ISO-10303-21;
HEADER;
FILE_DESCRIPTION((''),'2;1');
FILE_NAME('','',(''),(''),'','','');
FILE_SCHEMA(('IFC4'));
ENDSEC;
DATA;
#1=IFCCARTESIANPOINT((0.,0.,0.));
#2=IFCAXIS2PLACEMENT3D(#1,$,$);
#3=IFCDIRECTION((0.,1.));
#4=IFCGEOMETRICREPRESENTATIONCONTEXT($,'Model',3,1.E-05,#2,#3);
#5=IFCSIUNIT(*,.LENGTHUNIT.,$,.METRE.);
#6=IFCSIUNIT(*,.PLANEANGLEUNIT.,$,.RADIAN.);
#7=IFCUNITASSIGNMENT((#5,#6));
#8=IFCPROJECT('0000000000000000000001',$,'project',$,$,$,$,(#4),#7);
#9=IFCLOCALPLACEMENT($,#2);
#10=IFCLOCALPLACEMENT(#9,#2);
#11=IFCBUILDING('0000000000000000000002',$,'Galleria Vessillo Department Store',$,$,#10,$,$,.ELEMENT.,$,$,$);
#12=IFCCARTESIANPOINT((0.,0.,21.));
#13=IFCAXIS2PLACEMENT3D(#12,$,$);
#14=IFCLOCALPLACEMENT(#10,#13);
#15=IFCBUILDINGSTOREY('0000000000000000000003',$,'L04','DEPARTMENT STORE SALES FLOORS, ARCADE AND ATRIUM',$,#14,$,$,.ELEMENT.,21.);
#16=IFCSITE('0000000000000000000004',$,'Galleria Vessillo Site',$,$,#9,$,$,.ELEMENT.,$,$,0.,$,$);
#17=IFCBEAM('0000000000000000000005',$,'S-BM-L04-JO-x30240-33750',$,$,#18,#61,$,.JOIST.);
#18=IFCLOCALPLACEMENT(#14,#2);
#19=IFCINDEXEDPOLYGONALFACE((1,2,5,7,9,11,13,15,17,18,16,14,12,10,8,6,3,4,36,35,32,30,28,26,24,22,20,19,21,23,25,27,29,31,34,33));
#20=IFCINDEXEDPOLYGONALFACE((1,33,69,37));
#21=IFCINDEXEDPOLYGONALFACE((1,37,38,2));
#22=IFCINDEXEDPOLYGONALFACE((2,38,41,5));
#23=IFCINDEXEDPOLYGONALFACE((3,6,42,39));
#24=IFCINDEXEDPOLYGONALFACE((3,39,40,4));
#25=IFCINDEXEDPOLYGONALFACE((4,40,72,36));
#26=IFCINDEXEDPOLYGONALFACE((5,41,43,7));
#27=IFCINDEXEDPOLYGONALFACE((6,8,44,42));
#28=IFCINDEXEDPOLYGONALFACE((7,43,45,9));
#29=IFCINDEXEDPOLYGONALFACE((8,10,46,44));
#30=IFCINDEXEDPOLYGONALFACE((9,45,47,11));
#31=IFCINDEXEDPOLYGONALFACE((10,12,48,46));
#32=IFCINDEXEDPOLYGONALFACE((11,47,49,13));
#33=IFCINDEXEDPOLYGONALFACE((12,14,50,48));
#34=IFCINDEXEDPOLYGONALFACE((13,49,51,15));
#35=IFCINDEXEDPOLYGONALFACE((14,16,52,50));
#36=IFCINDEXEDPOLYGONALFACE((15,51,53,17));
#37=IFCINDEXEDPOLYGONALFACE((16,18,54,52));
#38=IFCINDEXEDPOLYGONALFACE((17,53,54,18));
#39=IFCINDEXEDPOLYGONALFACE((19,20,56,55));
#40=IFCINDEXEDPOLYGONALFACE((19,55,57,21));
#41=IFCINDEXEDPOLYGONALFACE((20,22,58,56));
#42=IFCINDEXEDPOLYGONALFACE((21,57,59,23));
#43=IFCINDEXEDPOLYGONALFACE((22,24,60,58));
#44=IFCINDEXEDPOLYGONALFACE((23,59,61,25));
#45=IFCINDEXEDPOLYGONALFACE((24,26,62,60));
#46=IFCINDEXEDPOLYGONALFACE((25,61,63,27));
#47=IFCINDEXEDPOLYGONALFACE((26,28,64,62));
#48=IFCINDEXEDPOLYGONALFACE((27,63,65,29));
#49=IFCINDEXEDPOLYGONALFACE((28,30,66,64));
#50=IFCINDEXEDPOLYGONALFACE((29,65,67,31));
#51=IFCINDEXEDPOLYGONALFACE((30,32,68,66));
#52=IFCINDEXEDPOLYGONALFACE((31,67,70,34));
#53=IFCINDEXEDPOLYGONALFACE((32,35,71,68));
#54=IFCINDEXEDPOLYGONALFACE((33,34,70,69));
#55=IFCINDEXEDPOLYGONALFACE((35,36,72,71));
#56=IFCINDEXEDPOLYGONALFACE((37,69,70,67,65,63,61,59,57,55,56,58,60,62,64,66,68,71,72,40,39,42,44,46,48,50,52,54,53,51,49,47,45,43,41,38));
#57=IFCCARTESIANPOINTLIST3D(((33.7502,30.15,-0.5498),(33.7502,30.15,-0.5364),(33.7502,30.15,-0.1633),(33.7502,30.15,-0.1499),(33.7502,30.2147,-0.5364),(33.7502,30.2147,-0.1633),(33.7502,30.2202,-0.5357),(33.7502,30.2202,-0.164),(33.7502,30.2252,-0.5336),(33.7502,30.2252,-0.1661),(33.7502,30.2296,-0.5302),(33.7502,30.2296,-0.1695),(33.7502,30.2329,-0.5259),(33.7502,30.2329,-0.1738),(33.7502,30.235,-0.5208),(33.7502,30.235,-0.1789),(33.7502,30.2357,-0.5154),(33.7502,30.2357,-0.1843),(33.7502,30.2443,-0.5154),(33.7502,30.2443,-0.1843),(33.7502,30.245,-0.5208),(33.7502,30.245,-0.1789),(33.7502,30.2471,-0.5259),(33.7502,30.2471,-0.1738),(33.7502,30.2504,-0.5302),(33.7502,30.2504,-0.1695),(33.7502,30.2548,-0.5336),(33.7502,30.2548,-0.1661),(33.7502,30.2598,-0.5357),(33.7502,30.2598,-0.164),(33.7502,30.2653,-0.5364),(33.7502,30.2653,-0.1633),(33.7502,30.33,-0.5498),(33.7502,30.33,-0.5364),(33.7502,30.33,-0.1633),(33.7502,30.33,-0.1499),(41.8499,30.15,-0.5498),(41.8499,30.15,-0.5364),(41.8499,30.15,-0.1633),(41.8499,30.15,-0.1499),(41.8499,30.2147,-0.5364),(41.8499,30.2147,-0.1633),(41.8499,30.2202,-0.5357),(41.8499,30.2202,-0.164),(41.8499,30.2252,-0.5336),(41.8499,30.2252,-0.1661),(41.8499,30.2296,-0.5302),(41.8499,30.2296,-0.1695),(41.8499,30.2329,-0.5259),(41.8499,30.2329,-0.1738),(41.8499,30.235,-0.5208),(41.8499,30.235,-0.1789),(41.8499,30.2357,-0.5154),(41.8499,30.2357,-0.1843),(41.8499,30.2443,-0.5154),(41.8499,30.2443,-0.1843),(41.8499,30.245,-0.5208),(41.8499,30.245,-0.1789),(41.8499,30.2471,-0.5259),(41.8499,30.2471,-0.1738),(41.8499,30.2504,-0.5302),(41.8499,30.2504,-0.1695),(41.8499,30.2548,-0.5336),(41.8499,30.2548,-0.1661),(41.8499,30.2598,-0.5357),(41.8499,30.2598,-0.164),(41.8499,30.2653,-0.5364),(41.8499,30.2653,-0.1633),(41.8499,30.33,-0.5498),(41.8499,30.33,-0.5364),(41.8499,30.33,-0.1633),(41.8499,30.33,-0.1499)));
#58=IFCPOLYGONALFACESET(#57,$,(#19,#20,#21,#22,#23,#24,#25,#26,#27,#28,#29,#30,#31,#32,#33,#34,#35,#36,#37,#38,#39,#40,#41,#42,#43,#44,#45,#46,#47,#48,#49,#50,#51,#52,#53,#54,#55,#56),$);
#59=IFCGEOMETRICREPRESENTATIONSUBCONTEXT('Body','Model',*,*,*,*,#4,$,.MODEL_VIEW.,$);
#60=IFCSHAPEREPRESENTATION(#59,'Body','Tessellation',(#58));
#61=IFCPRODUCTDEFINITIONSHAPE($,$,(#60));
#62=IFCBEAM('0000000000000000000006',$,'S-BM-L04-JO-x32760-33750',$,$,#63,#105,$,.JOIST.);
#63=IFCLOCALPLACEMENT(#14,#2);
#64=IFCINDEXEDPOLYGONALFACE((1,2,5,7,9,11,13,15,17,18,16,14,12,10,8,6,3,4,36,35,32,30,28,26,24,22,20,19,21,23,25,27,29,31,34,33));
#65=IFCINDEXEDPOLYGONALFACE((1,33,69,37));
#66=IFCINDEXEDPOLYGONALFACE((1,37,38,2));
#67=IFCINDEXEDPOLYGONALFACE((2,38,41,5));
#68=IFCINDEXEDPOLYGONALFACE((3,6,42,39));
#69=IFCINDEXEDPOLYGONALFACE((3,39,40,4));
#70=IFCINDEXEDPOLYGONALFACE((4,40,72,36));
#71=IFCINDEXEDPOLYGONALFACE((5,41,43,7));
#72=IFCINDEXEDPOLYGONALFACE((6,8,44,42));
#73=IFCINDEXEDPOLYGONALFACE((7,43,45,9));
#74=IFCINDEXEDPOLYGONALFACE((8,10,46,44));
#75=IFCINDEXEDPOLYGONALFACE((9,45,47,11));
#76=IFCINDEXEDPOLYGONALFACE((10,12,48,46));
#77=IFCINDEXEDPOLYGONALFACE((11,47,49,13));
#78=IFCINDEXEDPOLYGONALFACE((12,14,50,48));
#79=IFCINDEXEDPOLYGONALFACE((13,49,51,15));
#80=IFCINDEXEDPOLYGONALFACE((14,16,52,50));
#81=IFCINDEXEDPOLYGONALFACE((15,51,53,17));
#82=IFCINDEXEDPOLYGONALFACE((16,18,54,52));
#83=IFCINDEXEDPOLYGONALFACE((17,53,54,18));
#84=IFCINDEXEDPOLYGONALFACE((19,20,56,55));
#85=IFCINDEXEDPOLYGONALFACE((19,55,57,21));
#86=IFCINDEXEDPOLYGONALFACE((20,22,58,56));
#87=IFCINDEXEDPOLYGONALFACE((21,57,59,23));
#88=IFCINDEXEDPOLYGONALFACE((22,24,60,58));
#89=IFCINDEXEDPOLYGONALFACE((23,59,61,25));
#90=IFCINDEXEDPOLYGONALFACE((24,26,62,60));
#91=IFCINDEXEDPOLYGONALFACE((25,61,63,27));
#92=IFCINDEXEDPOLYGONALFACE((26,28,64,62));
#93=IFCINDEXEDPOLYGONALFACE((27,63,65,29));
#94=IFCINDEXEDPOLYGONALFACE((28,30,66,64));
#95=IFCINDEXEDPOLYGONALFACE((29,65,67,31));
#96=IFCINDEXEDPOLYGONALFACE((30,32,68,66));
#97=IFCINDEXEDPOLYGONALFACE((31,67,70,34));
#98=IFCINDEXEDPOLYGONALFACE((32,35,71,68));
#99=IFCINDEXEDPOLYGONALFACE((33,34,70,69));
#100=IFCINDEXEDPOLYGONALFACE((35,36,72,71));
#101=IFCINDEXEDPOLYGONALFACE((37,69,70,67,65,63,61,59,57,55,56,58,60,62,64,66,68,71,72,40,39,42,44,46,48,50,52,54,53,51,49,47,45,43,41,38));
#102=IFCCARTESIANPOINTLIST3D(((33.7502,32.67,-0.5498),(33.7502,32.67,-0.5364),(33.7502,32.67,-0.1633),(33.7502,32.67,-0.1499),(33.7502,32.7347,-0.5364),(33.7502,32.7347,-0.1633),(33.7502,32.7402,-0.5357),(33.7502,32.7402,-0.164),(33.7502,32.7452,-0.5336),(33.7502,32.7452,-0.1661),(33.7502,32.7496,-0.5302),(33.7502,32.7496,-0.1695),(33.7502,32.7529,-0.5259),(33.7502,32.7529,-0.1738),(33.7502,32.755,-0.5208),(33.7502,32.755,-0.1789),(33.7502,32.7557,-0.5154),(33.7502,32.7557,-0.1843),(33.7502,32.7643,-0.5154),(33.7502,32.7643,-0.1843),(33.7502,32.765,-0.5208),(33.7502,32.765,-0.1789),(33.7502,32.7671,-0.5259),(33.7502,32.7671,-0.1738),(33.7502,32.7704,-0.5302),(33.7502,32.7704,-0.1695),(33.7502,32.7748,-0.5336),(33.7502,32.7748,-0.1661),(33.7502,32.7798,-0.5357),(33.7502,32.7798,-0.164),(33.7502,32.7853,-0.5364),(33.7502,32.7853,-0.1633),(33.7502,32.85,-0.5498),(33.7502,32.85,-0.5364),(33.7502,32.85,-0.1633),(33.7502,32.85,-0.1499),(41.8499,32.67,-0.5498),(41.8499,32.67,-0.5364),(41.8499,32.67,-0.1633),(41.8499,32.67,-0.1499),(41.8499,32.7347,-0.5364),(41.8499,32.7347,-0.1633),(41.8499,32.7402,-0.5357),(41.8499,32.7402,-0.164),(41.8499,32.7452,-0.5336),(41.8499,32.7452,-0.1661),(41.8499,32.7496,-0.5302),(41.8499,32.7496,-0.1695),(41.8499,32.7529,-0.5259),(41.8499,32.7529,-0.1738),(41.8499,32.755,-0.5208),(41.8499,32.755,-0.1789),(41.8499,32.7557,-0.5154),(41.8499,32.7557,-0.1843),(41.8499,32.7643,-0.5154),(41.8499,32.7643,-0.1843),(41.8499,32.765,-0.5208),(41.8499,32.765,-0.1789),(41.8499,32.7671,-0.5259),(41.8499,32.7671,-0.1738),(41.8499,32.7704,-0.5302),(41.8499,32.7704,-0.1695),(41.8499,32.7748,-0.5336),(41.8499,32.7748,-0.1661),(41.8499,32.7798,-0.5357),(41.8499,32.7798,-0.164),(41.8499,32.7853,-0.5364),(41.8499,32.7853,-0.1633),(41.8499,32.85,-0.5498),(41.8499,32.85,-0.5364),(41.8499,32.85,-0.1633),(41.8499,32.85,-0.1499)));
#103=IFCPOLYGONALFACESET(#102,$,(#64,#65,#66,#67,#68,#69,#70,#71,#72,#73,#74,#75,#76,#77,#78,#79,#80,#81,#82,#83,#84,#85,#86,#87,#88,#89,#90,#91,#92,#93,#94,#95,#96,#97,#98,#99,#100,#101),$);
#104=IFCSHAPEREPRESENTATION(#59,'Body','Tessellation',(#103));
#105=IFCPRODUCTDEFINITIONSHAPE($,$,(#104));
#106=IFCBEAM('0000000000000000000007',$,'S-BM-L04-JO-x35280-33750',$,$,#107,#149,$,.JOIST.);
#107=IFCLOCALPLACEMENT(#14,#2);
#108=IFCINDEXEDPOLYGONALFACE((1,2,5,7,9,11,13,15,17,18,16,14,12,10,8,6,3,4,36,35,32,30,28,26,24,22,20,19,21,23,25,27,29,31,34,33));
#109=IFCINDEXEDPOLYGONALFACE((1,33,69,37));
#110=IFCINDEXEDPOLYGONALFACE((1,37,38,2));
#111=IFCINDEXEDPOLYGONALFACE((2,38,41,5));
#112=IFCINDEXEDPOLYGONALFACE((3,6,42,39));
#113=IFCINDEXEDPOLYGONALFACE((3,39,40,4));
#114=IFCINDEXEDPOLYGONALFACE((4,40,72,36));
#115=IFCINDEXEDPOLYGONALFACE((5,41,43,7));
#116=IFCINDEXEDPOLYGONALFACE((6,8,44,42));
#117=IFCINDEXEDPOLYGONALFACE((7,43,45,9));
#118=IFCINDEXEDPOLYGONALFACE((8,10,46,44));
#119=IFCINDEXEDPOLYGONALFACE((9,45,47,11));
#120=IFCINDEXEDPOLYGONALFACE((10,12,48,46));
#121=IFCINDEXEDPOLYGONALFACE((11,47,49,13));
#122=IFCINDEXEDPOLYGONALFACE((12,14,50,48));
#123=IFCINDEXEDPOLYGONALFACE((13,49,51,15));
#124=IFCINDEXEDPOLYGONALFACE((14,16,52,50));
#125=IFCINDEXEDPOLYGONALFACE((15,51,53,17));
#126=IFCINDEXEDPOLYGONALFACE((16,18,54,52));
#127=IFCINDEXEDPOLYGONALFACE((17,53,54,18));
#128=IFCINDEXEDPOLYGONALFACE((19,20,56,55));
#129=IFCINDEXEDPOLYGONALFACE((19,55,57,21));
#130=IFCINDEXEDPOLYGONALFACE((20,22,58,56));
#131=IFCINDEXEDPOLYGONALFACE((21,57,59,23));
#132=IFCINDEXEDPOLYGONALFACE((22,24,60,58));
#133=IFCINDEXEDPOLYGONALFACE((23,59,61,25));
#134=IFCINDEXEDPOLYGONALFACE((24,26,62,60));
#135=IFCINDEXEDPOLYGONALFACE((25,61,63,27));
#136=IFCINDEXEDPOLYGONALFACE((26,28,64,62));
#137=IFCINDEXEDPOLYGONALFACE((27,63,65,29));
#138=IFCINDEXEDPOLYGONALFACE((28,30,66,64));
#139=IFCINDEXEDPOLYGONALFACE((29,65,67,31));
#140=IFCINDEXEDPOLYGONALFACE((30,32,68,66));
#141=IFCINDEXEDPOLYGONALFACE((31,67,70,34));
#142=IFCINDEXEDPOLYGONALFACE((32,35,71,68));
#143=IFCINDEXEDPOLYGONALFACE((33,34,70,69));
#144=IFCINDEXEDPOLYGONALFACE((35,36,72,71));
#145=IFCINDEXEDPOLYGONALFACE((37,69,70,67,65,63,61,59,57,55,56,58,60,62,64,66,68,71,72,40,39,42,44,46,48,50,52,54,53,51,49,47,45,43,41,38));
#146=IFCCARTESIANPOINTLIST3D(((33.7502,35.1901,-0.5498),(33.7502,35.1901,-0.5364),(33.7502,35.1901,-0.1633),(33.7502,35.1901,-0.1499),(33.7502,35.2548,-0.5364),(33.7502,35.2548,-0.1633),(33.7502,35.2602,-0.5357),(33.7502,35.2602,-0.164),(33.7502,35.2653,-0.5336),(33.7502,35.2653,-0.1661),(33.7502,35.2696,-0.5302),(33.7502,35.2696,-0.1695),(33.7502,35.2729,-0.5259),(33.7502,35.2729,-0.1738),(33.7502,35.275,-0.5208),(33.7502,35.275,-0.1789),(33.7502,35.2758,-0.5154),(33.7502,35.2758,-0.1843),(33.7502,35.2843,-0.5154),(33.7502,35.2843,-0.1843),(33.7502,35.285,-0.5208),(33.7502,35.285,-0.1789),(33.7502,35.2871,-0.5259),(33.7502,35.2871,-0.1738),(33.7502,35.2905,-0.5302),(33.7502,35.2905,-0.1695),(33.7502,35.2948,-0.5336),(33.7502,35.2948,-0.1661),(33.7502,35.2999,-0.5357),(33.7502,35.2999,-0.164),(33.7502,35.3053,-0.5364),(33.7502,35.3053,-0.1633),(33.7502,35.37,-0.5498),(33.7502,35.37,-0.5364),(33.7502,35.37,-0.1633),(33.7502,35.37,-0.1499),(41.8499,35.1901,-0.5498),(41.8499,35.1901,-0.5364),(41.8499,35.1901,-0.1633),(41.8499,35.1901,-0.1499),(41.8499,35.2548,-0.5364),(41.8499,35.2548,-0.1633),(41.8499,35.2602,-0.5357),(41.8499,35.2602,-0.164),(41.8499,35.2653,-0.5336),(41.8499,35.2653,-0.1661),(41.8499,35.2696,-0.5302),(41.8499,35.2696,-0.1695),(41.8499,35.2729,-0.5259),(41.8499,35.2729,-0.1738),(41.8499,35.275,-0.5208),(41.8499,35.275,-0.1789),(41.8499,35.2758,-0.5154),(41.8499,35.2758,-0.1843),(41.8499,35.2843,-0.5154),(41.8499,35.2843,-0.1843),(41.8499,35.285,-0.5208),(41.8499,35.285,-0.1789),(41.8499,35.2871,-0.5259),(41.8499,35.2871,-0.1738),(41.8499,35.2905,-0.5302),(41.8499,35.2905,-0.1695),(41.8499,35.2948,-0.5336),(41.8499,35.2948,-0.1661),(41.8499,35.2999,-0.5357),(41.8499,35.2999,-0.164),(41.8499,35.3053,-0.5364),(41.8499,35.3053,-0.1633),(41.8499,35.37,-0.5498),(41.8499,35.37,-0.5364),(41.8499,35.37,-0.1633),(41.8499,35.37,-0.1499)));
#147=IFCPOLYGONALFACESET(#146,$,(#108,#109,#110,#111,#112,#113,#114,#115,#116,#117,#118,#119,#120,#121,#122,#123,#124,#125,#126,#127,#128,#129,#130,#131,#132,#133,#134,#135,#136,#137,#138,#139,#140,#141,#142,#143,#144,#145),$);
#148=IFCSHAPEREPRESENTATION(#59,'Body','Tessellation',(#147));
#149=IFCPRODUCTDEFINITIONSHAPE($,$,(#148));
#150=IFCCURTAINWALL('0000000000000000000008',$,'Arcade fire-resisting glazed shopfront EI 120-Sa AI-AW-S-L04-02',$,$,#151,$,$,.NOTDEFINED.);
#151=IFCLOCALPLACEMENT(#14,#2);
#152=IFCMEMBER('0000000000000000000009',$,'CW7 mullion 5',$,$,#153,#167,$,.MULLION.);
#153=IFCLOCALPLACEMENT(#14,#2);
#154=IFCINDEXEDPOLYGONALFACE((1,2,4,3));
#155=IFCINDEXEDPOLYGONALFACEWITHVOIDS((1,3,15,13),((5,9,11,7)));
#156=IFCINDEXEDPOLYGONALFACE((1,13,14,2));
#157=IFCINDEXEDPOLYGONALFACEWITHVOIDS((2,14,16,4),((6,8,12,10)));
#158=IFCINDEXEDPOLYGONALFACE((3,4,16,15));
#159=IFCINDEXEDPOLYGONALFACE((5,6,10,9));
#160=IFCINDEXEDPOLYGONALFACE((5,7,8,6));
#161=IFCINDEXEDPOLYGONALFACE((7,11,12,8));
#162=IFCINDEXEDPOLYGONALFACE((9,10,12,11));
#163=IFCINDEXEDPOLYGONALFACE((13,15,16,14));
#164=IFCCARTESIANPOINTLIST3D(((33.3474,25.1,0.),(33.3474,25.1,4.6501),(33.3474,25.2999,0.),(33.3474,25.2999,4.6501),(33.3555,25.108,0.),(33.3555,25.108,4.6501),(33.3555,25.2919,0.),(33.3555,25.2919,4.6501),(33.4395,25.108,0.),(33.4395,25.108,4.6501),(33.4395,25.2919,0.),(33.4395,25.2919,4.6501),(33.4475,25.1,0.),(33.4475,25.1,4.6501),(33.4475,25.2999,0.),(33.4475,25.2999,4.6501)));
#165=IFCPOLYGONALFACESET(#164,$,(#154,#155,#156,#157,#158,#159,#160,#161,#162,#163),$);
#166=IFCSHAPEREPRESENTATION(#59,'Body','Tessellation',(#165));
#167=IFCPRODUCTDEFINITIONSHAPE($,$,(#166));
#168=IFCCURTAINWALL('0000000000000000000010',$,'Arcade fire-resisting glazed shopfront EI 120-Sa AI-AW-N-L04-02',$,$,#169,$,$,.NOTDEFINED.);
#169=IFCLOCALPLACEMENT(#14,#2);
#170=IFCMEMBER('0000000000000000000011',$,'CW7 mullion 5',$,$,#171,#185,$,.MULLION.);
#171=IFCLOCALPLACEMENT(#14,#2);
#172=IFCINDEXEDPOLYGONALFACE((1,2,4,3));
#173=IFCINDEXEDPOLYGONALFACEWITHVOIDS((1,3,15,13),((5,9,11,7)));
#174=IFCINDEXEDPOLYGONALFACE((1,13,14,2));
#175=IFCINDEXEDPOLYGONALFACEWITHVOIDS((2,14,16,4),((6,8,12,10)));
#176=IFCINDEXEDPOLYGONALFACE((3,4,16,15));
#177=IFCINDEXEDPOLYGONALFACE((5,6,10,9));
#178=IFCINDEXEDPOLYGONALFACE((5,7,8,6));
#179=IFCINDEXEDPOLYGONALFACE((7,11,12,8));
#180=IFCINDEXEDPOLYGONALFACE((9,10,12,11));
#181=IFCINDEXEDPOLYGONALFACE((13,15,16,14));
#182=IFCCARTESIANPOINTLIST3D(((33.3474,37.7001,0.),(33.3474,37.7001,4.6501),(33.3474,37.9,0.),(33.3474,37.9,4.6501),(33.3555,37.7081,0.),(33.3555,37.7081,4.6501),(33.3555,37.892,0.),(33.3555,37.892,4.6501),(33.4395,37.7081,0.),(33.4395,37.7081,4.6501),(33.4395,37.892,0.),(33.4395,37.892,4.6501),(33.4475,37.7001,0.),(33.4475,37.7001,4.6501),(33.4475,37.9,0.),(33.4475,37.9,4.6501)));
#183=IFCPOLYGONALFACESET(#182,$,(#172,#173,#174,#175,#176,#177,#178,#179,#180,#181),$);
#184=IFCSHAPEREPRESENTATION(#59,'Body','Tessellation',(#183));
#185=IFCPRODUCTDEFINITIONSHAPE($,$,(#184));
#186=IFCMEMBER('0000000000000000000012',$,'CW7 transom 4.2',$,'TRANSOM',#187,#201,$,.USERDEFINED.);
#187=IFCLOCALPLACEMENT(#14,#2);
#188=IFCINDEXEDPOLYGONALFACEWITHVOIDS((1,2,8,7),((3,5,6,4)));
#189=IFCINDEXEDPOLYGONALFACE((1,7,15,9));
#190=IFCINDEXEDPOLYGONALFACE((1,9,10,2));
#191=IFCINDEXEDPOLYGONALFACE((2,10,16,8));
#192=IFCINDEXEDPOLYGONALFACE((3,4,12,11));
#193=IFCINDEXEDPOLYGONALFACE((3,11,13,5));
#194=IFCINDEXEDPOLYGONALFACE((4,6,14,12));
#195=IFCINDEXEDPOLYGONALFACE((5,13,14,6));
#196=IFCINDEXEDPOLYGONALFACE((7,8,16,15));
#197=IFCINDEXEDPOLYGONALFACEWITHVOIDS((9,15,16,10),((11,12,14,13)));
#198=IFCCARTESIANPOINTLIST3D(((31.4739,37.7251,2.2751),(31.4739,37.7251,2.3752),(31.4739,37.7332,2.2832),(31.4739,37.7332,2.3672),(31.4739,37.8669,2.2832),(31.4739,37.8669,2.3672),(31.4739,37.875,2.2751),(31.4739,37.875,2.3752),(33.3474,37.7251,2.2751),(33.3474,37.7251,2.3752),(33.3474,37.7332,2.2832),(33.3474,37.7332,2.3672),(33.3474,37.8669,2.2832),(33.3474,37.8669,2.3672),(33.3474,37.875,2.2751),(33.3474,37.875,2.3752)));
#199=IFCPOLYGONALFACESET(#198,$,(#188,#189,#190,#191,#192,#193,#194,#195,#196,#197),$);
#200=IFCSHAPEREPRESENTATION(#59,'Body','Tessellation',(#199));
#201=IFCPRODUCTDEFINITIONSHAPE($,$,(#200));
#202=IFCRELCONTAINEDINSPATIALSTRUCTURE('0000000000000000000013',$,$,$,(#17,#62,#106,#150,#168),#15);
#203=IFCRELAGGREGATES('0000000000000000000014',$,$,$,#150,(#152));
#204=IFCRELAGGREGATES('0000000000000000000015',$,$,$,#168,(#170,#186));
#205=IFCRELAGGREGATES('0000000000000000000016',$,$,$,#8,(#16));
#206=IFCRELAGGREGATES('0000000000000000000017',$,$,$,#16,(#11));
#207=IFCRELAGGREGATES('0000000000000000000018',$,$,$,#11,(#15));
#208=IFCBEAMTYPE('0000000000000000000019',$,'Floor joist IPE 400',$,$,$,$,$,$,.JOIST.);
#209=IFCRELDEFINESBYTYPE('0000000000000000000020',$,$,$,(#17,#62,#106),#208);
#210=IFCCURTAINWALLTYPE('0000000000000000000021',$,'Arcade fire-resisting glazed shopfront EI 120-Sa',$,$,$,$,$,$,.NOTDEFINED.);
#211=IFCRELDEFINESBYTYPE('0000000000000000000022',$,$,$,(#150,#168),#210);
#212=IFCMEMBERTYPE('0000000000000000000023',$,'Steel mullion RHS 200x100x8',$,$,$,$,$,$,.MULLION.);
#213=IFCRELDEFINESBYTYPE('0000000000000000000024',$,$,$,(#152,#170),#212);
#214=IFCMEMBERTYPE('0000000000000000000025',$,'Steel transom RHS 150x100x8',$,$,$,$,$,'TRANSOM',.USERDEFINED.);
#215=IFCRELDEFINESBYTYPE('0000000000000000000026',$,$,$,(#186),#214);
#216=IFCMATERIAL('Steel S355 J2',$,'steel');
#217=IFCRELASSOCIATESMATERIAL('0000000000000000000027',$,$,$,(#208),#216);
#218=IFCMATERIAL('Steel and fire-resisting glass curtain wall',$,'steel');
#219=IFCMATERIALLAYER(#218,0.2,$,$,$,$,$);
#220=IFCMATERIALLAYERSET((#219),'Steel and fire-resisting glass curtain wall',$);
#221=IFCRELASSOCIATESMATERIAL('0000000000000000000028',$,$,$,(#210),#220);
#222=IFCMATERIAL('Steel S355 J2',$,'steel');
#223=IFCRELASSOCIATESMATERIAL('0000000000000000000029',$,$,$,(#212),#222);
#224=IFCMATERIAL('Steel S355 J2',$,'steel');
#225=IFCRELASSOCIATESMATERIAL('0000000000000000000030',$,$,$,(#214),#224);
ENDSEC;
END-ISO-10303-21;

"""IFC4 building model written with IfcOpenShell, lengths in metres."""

from ifc_helpers import new_model, si_unit, direction, frame, origin, origin_2d, place, context, subcontext, project, spatial, hollow_rectangle, i_section, extrude, material, layer, layer_set, material_profile, profile_set, type_object, element, aggregate, save


model = new_model("IFC4")

# Units and contexts
model_context = context("Model", 3, precision=1e-05, world=origin(), true_north=direction((0.0, 1.0)))
body_context = subcontext(model_context, "Body", "Model", "MODEL_VIEW")
ifc_project = project(units=[si_unit("LENGTHUNIT", "METRE"), si_unit("PLANEANGLEUNIT", "RADIAN")], contexts=[model_context])

# Site, building, storey
site_placement = place(None, origin())
site = spatial("IfcSite", under=ifc_project, at=site_placement, Name="Galleria Vessillo Site", CompositionType="ELEMENT", RefElevation=0.0)
building_placement = place(site_placement, origin())
building = spatial("IfcBuilding", under=site, at=building_placement, Name="Galleria Vessillo Department Store", CompositionType="ELEMENT")
storey_placement = place(building_placement, frame((0.0, 0.0, 21.0)))
storey = spatial("IfcBuildingStorey", under=building, at=storey_placement, Name="L04", Description="DEPARTMENT STORE SALES FLOORS, ARCADE AND ATRIUM", CompositionType="ELEMENT", Elevation=21.0)

# Beams
ifc_material_1 = material(Name="Steel S355 J2", Category="steel")
ifc_material_profile_1 = material_profile(ifc_material_1, i_section(OverallWidth=0.1799, OverallDepth=0.3999, WebThickness=0.0085, FlangeThickness=0.0134, FilletRadius=0.021, at=origin_2d()), Name="IPE 400")
ifc_profile_set_1 = profile_set([ifc_material_profile_1], Name="Steel S355 J2")
beam_type_1 = type_object("IfcBeamType", Name="Floor joist IPE 400", PredefinedType="JOIST", material=ifc_profile_set_1)
for number, where, z_axis, x_axis, name in (
    (1, (33.7502, 30.24, -0.3499), (1.0, 0.0, 0.0), (0.0, 1.0, 0.0), "S-BM-L04-JO-x30240-33750"),
    (2, (33.7502, 32.76, -0.3499), (1.0, 0.0, 0.0), (0.0, 1.0, 0.0), "S-BM-L04-JO-x32760-33750"),
    (3, (33.7502, 35.28, -0.3499), (1.0, 0.0, 0.0), (0.0, 1.0, 0.0), "S-BM-L04-JO-x35280-33750"),
):
    element("IfcBeam", number, at=place(storey_placement, frame(where, z_axis=z_axis, x_axis=x_axis)), inside=storey, type_object=beam_type_1, Name=name, PredefinedType="JOIST", context=body_context, shape_type="SweptSolid", body=[
        extrude(i_section(OverallWidth=0.1799, OverallDepth=0.3999, WebThickness=0.0085, FlangeThickness=0.0134, FilletRadius=0.021, at=origin_2d()), origin(), (0.0, 0.0, 1.0), 8.0996),
    ])

# Curtain wall, member
ifc_material_2 = material(Name="Steel and fire-resisting glass curtain wall", Category="steel")
ifc_layer_1 = layer(ifc_material_2, 0.2)
ifc_layer_set_1 = layer_set([ifc_layer_1], Name="Steel and fire-resisting glass curtain wall")
curtain_wall_type = type_object("IfcCurtainWallType", Name="Arcade fire-resisting glazed shopfront EI 120-Sa", PredefinedType="NOTDEFINED", material=ifc_layer_set_1)
curtain_wall_1_placement = place(storey_placement, origin())
curtain_wall_1 = element("IfcCurtainWall", 4, at=curtain_wall_1_placement, inside=storey, type_object=curtain_wall_type, Name="Arcade fire-resisting glazed shopfront EI 120-Sa AI-AW-S-L04-02", PredefinedType="NOTDEFINED")
ifc_material_3 = material(Name="Steel S355 J2", Category="steel")
ifc_material_profile_2 = material_profile(ifc_material_3, hollow_rectangle(XDim=0.2, YDim=0.1001, WallThickness=0.0081, at=origin_2d()), Name="RHS 200x100x8")
ifc_profile_set_2 = profile_set([ifc_material_profile_2], Name="Steel S355 J2")
member_type_1 = type_object("IfcMemberType", Name="Steel mullion RHS 200x100x8", PredefinedType="MULLION", material=ifc_profile_set_2)
member_1_placement = place(storey_placement, frame((33.3975, 25.2, 0.0), z_axis=(0.0, 0.0, 1.0), x_axis=(0.0, 1.0, 0.0)))
member_1 = element("IfcMember", 5, at=member_1_placement, type_object=member_type_1, Name="CW7 mullion 5", PredefinedType="MULLION", context=body_context, shape_type="SweptSolid", body=[
    extrude(hollow_rectangle(XDim=0.2, YDim=0.1001, WallThickness=0.0081, at=origin_2d()), origin(), (0.0, 0.0, 1.0), 4.6501),
])

# Curtain wall, members
curtain_wall_2_placement = place(storey_placement, origin())
curtain_wall_2 = element("IfcCurtainWall", 6, at=curtain_wall_2_placement, inside=storey, type_object=curtain_wall_type, Name="Arcade fire-resisting glazed shopfront EI 120-Sa AI-AW-N-L04-02", PredefinedType="NOTDEFINED")
member_2_placement = place(storey_placement, frame((33.3975, 37.8, 0.0), z_axis=(0.0, 0.0, 1.0), x_axis=(0.0, 1.0, 0.0)))
member_2 = element("IfcMember", 7, at=member_2_placement, type_object=member_type_1, Name="CW7 mullion 5", PredefinedType="MULLION", context=body_context, shape_type="SweptSolid", body=[
    extrude(hollow_rectangle(XDim=0.2, YDim=0.1001, WallThickness=0.0081, at=origin_2d()), origin(), (0.0, 0.0, 1.0), 4.6501),
])
ifc_material_4 = material(Name="Steel S355 J2", Category="steel")
ifc_material_profile_3 = material_profile(ifc_material_4, hollow_rectangle(XDim=0.1499, YDim=0.1001, WallThickness=0.0081, at=origin_2d()), Name="RHS 150x100x8")
ifc_profile_set_3 = profile_set([ifc_material_profile_3], Name="Steel S355 J2")
member_type_2 = type_object("IfcMemberType", Name="Steel transom RHS 150x100x8", ElementType="TRANSOM", PredefinedType="USERDEFINED", material=ifc_profile_set_3)
member_3_placement = place(storey_placement, frame((31.4739, 37.8, 2.3252), z_axis=(1.0, 0.0, 0.0), x_axis=(0.0, 1.0, 0.0)))
member_3 = element("IfcMember", 8, at=member_3_placement, type_object=member_type_2, Name="CW7 transom 4.2", ObjectType="TRANSOM", PredefinedType="USERDEFINED", context=body_context, shape_type="SweptSolid", body=[
    extrude(hollow_rectangle(XDim=0.1499, YDim=0.1001, WallThickness=0.0081, at=origin_2d()), origin(), (0.0, 0.0, 1.0), 1.8735),
])

aggregate(curtain_wall_1, [member_1])
aggregate(curtain_wall_2, [member_2, member_3])

save(model, "model.ifc")
